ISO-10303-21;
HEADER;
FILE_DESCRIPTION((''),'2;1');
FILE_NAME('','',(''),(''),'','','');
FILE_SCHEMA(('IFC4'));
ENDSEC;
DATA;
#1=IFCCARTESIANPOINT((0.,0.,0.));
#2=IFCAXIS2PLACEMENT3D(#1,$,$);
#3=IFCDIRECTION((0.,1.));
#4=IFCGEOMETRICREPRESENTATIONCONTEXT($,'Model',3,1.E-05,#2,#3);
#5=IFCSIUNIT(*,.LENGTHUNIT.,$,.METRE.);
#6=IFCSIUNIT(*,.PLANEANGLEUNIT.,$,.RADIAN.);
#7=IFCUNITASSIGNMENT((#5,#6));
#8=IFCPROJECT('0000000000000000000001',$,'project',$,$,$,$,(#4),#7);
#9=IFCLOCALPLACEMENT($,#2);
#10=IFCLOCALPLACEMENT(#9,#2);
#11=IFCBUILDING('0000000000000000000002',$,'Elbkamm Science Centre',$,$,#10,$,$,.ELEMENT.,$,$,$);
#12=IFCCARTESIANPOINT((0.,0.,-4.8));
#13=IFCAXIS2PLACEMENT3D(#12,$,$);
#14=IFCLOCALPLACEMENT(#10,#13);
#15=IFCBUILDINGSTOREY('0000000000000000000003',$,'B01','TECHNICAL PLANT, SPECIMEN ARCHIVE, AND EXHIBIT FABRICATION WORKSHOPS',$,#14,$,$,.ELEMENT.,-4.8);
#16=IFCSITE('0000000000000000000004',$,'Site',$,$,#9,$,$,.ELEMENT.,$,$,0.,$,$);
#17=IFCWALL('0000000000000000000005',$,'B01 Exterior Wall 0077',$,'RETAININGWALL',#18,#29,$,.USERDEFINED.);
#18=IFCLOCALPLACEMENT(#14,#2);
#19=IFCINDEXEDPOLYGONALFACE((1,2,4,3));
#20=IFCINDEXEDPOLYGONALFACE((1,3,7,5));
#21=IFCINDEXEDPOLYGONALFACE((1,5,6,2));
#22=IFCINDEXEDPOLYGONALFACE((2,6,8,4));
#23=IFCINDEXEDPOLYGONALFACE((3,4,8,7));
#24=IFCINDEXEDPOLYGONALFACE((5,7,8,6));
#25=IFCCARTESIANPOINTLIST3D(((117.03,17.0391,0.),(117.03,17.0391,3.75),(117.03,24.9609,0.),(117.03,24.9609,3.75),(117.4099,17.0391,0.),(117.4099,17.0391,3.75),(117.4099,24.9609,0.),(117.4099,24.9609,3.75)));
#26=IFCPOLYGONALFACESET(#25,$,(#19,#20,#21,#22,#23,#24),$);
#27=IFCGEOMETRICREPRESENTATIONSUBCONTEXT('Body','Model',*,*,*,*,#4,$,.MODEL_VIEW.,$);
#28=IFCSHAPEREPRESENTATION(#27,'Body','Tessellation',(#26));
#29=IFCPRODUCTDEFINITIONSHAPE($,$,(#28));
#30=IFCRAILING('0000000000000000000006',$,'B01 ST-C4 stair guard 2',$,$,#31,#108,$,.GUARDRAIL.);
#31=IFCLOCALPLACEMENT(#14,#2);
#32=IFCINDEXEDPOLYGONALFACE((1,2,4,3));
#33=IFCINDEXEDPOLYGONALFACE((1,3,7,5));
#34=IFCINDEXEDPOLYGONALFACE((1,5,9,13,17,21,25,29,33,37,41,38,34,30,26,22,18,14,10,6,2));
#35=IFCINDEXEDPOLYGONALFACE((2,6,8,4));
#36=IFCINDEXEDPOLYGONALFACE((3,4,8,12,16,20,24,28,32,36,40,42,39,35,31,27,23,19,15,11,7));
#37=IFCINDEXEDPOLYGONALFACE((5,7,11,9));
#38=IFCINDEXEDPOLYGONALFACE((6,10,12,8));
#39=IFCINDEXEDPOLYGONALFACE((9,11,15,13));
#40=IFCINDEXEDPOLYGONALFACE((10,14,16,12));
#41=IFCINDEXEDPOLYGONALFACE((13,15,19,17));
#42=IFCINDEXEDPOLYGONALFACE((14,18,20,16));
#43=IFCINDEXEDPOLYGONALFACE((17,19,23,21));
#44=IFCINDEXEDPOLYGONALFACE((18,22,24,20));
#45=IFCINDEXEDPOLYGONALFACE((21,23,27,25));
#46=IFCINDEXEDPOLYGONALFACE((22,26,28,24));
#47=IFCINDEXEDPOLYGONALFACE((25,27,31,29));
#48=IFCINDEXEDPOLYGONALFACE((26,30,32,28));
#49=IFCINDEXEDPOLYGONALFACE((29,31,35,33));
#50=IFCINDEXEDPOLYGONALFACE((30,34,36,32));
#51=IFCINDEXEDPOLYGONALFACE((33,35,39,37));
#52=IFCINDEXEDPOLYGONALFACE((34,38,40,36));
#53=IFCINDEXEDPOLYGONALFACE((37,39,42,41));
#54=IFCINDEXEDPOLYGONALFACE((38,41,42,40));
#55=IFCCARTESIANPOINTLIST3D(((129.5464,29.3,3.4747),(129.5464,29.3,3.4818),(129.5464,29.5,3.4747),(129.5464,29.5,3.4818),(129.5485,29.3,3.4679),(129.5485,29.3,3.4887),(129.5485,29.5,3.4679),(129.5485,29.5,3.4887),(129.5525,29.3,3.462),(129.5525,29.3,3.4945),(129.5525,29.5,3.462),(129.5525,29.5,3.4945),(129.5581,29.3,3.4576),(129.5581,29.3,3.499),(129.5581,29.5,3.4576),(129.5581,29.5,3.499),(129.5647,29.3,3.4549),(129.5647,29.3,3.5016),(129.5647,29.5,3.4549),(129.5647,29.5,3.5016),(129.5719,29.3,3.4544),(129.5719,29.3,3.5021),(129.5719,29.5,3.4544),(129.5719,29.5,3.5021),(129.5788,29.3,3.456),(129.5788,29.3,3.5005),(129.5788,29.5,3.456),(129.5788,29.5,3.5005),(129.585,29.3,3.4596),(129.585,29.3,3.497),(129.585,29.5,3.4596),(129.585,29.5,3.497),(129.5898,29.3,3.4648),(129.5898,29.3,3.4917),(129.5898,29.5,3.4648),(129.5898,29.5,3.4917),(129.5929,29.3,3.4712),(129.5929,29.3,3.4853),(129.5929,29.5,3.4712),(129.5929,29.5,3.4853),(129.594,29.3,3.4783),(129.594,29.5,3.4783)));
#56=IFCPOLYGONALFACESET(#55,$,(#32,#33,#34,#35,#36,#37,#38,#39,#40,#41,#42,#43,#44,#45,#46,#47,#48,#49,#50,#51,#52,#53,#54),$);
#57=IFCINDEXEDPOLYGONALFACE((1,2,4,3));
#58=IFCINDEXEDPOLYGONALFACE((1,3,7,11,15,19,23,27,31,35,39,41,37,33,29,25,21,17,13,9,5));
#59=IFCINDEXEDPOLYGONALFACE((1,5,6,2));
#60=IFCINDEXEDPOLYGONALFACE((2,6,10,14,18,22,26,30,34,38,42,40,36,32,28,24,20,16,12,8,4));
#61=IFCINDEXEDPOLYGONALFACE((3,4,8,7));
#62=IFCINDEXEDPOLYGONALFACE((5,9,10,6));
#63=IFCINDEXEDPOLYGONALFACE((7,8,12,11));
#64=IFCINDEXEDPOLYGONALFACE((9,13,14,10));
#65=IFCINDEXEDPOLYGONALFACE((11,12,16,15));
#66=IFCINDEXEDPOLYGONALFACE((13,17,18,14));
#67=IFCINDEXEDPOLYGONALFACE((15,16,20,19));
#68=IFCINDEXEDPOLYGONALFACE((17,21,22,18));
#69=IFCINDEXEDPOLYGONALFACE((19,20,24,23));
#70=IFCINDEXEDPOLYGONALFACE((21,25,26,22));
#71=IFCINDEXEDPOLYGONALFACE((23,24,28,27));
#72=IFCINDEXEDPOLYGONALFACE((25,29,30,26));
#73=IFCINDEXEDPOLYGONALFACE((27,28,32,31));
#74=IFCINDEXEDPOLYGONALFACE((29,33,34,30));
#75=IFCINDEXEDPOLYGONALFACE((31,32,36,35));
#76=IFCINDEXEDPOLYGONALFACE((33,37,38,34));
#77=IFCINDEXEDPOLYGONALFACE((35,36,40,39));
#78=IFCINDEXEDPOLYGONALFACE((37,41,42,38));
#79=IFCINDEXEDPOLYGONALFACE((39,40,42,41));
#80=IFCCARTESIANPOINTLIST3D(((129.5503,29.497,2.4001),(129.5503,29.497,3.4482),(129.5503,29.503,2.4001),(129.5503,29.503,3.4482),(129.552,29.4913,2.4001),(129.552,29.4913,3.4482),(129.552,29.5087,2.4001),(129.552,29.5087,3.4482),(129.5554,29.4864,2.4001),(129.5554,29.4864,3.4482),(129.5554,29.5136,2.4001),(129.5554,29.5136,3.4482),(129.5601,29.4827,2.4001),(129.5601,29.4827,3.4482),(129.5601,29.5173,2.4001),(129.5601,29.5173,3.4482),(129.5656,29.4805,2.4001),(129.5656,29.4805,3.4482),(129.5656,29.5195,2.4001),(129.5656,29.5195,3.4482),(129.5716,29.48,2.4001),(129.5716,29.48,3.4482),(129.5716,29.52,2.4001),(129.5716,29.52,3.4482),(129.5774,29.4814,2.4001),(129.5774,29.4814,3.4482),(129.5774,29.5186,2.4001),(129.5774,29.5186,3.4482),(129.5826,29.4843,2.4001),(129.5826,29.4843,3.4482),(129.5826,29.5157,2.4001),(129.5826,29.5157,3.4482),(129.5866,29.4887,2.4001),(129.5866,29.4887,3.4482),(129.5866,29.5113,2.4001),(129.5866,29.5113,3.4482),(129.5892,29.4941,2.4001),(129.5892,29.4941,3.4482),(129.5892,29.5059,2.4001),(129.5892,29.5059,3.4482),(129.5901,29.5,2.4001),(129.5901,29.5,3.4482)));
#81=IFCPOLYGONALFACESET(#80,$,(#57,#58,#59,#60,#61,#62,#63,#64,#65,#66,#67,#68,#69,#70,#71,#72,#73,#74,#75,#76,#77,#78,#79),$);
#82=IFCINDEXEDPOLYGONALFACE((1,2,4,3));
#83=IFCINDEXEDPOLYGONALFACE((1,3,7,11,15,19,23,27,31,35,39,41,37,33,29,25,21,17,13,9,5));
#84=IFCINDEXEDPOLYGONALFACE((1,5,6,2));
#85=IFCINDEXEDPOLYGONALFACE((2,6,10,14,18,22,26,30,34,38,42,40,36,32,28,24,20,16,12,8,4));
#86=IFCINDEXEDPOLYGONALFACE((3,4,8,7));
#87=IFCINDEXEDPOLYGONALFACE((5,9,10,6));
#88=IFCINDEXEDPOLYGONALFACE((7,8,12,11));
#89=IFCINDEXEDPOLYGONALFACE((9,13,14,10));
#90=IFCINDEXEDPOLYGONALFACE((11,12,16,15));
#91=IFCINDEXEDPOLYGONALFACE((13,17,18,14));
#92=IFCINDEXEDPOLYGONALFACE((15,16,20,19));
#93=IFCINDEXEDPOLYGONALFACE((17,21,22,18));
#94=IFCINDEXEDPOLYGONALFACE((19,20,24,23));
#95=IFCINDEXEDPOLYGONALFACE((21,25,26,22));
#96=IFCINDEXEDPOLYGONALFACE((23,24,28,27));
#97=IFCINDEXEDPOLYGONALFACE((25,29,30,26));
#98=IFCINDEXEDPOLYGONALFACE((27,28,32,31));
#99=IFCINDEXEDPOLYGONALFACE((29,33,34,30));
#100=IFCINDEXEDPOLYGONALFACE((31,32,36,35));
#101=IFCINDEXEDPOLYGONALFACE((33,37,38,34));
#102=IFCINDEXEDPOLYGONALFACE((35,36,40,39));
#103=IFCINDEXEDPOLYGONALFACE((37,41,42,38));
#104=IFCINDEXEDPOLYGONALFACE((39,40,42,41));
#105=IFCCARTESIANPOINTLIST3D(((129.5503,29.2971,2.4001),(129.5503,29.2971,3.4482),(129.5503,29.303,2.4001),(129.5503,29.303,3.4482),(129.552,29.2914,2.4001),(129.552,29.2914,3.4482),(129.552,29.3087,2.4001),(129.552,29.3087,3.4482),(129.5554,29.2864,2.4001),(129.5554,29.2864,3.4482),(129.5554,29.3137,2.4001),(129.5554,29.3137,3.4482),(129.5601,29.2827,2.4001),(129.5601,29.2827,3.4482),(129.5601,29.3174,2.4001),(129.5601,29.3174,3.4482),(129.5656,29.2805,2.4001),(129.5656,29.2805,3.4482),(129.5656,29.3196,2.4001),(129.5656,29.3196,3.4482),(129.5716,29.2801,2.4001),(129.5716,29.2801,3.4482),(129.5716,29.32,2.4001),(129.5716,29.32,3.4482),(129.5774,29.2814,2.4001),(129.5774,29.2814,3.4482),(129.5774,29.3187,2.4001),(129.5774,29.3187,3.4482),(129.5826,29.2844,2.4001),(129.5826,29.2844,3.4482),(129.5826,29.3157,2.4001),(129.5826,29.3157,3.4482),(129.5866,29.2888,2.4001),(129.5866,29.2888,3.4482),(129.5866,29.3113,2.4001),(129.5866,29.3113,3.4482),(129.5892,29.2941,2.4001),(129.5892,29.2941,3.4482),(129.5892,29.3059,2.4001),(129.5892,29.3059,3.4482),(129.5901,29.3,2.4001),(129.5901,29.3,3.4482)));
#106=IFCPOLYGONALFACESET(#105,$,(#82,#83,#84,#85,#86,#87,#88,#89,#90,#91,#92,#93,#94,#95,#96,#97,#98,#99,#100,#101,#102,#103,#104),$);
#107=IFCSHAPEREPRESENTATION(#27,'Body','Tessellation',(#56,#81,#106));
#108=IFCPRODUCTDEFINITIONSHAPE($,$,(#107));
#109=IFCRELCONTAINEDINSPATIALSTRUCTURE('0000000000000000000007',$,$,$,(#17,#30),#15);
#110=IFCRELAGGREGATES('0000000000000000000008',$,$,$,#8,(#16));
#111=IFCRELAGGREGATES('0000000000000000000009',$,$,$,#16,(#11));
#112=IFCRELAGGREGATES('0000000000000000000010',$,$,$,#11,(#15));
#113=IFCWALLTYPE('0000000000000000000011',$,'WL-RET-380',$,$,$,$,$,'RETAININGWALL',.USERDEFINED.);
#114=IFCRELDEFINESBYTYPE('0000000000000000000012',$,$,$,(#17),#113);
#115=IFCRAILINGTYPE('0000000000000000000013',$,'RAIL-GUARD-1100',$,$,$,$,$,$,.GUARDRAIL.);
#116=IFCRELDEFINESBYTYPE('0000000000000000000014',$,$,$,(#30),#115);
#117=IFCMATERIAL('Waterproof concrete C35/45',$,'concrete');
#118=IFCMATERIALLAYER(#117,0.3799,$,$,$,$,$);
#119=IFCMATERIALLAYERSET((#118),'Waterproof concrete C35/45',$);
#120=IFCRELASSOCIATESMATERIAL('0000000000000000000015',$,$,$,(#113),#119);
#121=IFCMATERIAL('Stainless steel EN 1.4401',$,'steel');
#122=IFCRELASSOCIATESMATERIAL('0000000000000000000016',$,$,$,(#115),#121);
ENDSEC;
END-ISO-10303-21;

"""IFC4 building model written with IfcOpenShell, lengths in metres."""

from ifc_helpers import new_model, si_unit, direction, frame, frame_2d, origin, origin_2d, place, context, subcontext, project, spatial, rectangle, circle, extrude, material, layer, layer_set, type_object, element, save


model = new_model("IFC4")

# Units and contexts
model_context = context("Model", 3, precision=1e-05, world=origin(), true_north=direction((0.0, 1.0)))
body_context = subcontext(model_context, "Body", "Model", "MODEL_VIEW")
ifc_project = project(units=[si_unit("LENGTHUNIT", "METRE"), si_unit("PLANEANGLEUNIT", "RADIAN")], contexts=[model_context])

# Site, building, storey
site_placement = place(None, origin())
site = spatial("IfcSite", under=ifc_project, at=site_placement, Name="Site", CompositionType="ELEMENT", RefElevation=0.0)
building_placement = place(site_placement, origin())
building = spatial("IfcBuilding", under=site, at=building_placement, Name="Elbkamm Science Centre", CompositionType="ELEMENT")
storey_placement = place(building_placement, frame((0.0, 0.0, -4.8)))
storey = spatial("IfcBuildingStorey", under=building, at=storey_placement, Name="B01", Description="TECHNICAL PLANT, SPECIMEN ARCHIVE, AND EXHIBIT FABRICATION WORKSHOPS", CompositionType="ELEMENT", Elevation=-4.8)

# Wall
ifc_material_1 = material(Name="Waterproof concrete C35/45", Category="concrete")
ifc_layer_1 = layer(ifc_material_1, 0.3799)
ifc_layer_set_1 = layer_set([ifc_layer_1], Name="Waterproof concrete C35/45")
wall_type_1 = type_object("IfcWallType", Name="WL-RET-380", ElementType="RETAININGWALL", PredefinedType="USERDEFINED", material=ifc_layer_set_1)
wall_1_placement = place(storey_placement, frame((117.22, 24.9609, 0.0), z_axis=(0.0, 0.0, 1.0), x_axis=(0.0, -1.0, 0.0)))
element("IfcWall", 1, at=wall_1_placement, inside=storey, type_object=wall_type_1, Name="B01 Exterior Wall 0077", ObjectType="RETAININGWALL", PredefinedType="USERDEFINED", context=body_context, shape_type="SweptSolid", body=[
    extrude(rectangle(XDim=7.9219, YDim=0.3799, at=frame_2d((3.9609, 0.0))), origin(), (0.0, 0.0, 1.0), 3.75),
])

# Railing
ifc_material_2 = material(Name="Stainless steel EN 1.4401", Category="steel")
railing_type_1 = type_object("IfcRailingType", Name="RAIL-GUARD-1100", PredefinedType="GUARDRAIL", material=ifc_material_2)
railing_1_placement = place(storey_placement, frame((129.5701, 29.5, 2.4001)))
element("IfcRailing", 2, at=railing_1_placement, inside=storey, type_object=railing_type_1, Name="B01 ST-C4 stair guard 2", PredefinedType="GUARDRAIL", context=body_context, shape_type="SweptSolid", body=[
    extrude(circle(Radius=0.0239, at=origin_2d()), frame((0.0, 0.0, 1.0781), z_axis=(0.0, -1.0, 0.0), x_axis=(1.0, 0.0, 0.0)), (0.0, 0.0, 1.0), 0.2),
    extrude(circle(Radius=0.02, at=origin_2d()), origin(), (0.0, 0.0, 1.0), 1.0481),
    extrude(circle(Radius=0.02, at=origin_2d()), frame((0.0, -0.2, 0.0)), (0.0, 0.0, 1.0), 1.0481),
])

save(model, "model.ifc")
